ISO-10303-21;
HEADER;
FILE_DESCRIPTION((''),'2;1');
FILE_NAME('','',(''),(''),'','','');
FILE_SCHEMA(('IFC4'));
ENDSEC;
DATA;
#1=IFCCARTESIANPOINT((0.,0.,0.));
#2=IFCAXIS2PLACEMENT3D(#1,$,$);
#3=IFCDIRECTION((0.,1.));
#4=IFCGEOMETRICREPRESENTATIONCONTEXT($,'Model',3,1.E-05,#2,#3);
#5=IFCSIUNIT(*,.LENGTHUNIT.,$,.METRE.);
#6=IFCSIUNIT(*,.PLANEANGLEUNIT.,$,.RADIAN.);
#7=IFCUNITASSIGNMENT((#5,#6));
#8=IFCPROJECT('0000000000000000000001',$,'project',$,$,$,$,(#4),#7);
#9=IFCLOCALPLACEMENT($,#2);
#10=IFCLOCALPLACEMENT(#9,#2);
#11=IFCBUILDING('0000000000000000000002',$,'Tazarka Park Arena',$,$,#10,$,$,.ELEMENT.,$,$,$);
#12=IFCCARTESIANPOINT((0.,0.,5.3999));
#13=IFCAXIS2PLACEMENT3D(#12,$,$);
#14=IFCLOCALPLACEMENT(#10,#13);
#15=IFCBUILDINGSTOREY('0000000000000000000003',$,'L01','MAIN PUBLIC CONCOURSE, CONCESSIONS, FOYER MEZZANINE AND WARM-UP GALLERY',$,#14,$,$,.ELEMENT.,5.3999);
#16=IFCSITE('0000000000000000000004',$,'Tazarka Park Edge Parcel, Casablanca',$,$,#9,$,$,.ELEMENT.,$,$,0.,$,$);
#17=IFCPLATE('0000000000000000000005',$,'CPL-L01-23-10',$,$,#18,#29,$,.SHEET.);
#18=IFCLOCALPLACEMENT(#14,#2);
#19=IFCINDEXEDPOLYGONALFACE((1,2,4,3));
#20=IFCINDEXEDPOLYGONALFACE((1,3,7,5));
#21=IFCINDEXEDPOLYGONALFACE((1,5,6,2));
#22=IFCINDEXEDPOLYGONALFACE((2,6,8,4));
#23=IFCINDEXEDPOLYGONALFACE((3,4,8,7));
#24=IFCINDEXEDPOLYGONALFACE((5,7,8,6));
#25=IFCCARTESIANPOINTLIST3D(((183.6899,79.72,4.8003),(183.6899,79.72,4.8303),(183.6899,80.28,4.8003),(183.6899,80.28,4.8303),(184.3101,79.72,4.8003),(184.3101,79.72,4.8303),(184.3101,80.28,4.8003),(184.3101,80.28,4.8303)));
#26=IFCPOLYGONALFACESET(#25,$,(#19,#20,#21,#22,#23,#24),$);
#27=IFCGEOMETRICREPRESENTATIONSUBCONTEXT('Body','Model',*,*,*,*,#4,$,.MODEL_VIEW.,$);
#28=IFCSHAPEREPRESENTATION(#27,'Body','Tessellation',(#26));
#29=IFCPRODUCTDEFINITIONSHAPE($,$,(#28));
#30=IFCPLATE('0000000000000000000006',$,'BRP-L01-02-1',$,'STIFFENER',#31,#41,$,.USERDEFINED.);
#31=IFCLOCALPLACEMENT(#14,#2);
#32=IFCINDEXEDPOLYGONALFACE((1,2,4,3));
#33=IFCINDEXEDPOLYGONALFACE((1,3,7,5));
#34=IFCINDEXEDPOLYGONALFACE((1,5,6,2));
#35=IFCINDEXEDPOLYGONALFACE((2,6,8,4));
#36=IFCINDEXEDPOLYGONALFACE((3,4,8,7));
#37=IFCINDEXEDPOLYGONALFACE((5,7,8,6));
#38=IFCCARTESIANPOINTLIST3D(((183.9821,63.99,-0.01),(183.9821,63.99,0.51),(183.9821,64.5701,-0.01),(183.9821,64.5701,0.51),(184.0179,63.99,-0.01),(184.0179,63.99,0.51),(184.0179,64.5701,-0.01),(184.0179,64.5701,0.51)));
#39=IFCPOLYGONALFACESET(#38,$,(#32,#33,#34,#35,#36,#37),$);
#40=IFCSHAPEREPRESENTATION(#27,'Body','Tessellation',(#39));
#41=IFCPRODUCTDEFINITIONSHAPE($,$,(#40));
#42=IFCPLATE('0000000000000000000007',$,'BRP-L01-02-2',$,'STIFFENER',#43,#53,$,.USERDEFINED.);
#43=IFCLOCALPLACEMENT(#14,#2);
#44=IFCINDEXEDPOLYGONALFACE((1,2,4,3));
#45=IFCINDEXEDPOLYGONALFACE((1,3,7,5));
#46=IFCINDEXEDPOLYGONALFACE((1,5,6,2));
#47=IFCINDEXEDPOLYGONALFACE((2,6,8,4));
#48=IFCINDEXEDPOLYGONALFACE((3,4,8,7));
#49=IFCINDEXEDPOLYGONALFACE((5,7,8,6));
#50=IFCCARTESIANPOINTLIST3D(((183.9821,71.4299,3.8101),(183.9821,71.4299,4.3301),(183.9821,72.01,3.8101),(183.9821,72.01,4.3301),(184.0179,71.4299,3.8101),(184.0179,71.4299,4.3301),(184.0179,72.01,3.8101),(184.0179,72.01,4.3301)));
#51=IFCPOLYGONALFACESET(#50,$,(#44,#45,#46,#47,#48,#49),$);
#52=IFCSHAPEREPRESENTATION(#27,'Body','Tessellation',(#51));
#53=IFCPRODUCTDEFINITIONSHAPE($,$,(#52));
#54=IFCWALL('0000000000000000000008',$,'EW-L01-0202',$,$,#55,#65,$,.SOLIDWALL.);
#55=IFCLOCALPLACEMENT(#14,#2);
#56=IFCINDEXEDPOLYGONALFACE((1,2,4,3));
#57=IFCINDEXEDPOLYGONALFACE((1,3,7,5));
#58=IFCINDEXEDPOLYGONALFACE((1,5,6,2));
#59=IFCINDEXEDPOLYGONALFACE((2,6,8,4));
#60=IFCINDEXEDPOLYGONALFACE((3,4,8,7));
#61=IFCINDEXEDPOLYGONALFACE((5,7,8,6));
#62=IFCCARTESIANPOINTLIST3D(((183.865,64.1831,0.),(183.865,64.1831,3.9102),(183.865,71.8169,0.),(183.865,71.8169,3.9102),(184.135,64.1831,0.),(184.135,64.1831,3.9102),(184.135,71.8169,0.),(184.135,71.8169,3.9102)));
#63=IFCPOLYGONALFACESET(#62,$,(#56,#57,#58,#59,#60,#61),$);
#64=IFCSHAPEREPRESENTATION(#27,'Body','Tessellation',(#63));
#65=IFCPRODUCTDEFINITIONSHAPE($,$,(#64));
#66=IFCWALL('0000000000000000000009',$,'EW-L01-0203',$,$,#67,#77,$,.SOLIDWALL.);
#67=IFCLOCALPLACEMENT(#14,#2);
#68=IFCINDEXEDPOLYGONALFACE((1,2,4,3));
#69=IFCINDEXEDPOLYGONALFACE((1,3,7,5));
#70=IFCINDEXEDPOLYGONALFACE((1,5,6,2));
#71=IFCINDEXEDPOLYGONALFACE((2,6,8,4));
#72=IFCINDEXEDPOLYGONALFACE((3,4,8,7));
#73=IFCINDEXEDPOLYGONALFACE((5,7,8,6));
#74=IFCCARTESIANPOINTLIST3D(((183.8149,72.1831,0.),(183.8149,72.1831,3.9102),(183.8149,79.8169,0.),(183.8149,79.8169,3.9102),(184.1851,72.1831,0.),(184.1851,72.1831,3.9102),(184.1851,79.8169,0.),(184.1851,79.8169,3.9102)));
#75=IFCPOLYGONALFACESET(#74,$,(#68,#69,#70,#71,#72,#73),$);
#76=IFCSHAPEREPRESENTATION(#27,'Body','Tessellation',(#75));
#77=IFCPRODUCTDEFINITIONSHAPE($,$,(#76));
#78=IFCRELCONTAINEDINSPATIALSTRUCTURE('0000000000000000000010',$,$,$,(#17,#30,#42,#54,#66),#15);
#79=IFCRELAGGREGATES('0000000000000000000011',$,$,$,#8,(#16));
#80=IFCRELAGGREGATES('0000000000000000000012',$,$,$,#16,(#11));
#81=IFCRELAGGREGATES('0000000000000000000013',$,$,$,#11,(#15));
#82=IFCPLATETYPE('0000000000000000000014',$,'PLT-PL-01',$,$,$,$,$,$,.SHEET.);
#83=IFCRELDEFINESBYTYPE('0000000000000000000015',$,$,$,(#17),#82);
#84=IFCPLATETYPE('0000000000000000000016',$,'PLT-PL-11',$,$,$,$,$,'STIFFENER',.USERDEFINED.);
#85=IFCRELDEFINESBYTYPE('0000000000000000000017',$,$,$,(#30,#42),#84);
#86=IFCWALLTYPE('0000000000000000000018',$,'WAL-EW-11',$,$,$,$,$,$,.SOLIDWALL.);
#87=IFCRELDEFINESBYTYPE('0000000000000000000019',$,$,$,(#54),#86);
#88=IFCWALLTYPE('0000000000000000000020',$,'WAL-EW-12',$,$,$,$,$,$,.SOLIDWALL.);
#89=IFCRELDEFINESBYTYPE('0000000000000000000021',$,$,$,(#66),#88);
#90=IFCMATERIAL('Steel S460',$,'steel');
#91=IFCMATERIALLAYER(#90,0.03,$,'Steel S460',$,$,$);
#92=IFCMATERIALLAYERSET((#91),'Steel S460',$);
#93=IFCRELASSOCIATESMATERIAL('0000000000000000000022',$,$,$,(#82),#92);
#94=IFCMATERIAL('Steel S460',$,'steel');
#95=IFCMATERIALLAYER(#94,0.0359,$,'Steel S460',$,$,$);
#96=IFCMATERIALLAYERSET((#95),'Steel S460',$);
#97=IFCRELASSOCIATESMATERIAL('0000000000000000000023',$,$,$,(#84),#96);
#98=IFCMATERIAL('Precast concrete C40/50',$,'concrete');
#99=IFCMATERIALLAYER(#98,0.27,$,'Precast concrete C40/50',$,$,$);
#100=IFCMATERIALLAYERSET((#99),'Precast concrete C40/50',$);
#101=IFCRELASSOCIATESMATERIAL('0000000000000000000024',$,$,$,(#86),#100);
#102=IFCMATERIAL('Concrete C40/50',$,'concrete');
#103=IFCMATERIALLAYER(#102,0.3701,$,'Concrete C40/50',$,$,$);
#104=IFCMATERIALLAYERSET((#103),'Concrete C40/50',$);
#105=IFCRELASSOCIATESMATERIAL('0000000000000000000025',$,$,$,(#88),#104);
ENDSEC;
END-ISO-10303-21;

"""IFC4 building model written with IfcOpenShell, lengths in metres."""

from ifc_helpers import new_model, si_unit, direction, frame, frame_2d, origin, origin_2d, place, context, subcontext, project, spatial, rectangle, extrude, material, layer, layer_set, type_object, element, save


model = new_model("IFC4")

# Units and contexts
model_context = context("Model", 3, precision=1e-05, world=origin(), true_north=direction((0.0, 1.0)))
body_context = subcontext(model_context, "Body", "Model", "MODEL_VIEW")
ifc_project = project(units=[si_unit("LENGTHUNIT", "METRE"), si_unit("PLANEANGLEUNIT", "RADIAN")], contexts=[model_context])

# Site, building, storey
site_placement = place(None, origin())
site = spatial("IfcSite", under=ifc_project, at=site_placement, Name="Tazarka Park Edge Parcel, Casablanca", CompositionType="ELEMENT", RefElevation=0.0)
building_placement = place(site_placement, origin())
building = spatial("IfcBuilding", under=site, at=building_placement, Name="Tazarka Park Arena", CompositionType="ELEMENT")
storey_placement = place(building_placement, frame((0.0, 0.0, 5.3999)))
storey = spatial("IfcBuildingStorey", under=building, at=storey_placement, Name="L01", Description="MAIN PUBLIC CONCOURSE, CONCESSIONS, FOYER MEZZANINE AND WARM-UP GALLERY", CompositionType="ELEMENT", Elevation=5.3999)

# Plates
ifc_material_1 = material(Name="Steel S460", Category="steel")
ifc_layer_1 = layer(ifc_material_1, 0.03, Name="Steel S460")
ifc_layer_set_1 = layer_set([ifc_layer_1], Name="Steel S460")
plate_type_1 = type_object("IfcPlateType", Name="PLT-PL-01", PredefinedType="SHEET", material=ifc_layer_set_1)
for number, where, z_axis, x_axis, name in (
    (1, (184.0, 80.0, 4.8003), (0.0, 0.0, 1.0), (1.0, 0.0, 0.0), "CPL-L01-23-10"),
):
    element("IfcPlate", number, at=place(storey_placement, frame(where, z_axis=z_axis, x_axis=x_axis)), inside=storey, type_object=plate_type_1, Name=name, PredefinedType="SHEET", context=body_context, shape_type="SweptSolid", body=[
        extrude(rectangle(XDim=0.6201, YDim=0.5601, at=origin_2d()), origin(), (0.0, 0.0, 1.0), 0.03),
    ])
ifc_material_2 = material(Name="Steel S460", Category="steel")
ifc_layer_2 = layer(ifc_material_2, 0.0359, Name="Steel S460")
ifc_layer_set_2 = layer_set([ifc_layer_2], Name="Steel S460")
plate_type_2 = type_object("IfcPlateType", Name="PLT-PL-11", ElementType="STIFFENER", PredefinedType="USERDEFINED", material=ifc_layer_set_2)
for number, where, z_axis, x_axis, name in (
    (2, (184.0, 64.28, -0.01), (0.0, 0.0, 1.0), (1.0, 0.0, 0.0), "BRP-L01-02-1"),
    (3, (184.0, 71.72, 3.8101), (0.0, 0.0, 1.0), (1.0, 0.0, 0.0), "BRP-L01-02-2"),
):
    element("IfcPlate", number, at=place(storey_placement, frame(where, z_axis=z_axis, x_axis=x_axis)), inside=storey, type_object=plate_type_2, Name=name, ObjectType="STIFFENER", PredefinedType="USERDEFINED", context=body_context, shape_type="SweptSolid", body=[
        extrude(rectangle(XDim=0.0359, YDim=0.5801, at=origin_2d()), origin(), (0.0, 0.0, 1.0), 0.52),
    ])

# Walls
ifc_material_3 = material(Name="Precast concrete C40/50", Category="concrete")
ifc_layer_3 = layer(ifc_material_3, 0.27, Name="Precast concrete C40/50")
ifc_layer_set_3 = layer_set([ifc_layer_3], Name="Precast concrete C40/50")
wall_type_1 = type_object("IfcWallType", Name="WAL-EW-11", PredefinedType="SOLIDWALL", material=ifc_layer_set_3)
wall_1_placement = place(storey_placement, frame((184.0, 71.8169, 0.0), z_axis=(0.0, 0.0, 1.0), x_axis=(0.0, -1.0, 0.0)))
element("IfcWall", 4, at=wall_1_placement, inside=storey, type_object=wall_type_1, Name="EW-L01-0202", PredefinedType="SOLIDWALL", context=body_context, shape_type="SweptSolid", body=[
    extrude(rectangle(XDim=7.6338, YDim=0.27, at=frame_2d((3.8169, 0.0))), origin(), (0.0, 0.0, 1.0), 3.9102),
])
ifc_material_4 = material(Name="Concrete C40/50", Category="concrete")
ifc_layer_4 = layer(ifc_material_4, 0.3701, Name="Concrete C40/50")
ifc_layer_set_4 = layer_set([ifc_layer_4], Name="Concrete C40/50")
wall_type_2 = type_object("IfcWallType", Name="WAL-EW-12", PredefinedType="SOLIDWALL", material=ifc_layer_set_4)
wall_2_placement = place(storey_placement, frame((184.0, 79.8169, 0.0), z_axis=(0.0, 0.0, 1.0), x_axis=(0.0, -1.0, 0.0)))
element("IfcWall", 5, at=wall_2_placement, inside=storey, type_object=wall_type_2, Name="EW-L01-0203", PredefinedType="SOLIDWALL", context=body_context, shape_type="SweptSolid", body=[
    extrude(rectangle(XDim=7.6338, YDim=0.3701, at=frame_2d((3.8169, 0.0))), origin(), (0.0, 0.0, 1.0), 3.9102),
])

save(model, "model.ifc")
